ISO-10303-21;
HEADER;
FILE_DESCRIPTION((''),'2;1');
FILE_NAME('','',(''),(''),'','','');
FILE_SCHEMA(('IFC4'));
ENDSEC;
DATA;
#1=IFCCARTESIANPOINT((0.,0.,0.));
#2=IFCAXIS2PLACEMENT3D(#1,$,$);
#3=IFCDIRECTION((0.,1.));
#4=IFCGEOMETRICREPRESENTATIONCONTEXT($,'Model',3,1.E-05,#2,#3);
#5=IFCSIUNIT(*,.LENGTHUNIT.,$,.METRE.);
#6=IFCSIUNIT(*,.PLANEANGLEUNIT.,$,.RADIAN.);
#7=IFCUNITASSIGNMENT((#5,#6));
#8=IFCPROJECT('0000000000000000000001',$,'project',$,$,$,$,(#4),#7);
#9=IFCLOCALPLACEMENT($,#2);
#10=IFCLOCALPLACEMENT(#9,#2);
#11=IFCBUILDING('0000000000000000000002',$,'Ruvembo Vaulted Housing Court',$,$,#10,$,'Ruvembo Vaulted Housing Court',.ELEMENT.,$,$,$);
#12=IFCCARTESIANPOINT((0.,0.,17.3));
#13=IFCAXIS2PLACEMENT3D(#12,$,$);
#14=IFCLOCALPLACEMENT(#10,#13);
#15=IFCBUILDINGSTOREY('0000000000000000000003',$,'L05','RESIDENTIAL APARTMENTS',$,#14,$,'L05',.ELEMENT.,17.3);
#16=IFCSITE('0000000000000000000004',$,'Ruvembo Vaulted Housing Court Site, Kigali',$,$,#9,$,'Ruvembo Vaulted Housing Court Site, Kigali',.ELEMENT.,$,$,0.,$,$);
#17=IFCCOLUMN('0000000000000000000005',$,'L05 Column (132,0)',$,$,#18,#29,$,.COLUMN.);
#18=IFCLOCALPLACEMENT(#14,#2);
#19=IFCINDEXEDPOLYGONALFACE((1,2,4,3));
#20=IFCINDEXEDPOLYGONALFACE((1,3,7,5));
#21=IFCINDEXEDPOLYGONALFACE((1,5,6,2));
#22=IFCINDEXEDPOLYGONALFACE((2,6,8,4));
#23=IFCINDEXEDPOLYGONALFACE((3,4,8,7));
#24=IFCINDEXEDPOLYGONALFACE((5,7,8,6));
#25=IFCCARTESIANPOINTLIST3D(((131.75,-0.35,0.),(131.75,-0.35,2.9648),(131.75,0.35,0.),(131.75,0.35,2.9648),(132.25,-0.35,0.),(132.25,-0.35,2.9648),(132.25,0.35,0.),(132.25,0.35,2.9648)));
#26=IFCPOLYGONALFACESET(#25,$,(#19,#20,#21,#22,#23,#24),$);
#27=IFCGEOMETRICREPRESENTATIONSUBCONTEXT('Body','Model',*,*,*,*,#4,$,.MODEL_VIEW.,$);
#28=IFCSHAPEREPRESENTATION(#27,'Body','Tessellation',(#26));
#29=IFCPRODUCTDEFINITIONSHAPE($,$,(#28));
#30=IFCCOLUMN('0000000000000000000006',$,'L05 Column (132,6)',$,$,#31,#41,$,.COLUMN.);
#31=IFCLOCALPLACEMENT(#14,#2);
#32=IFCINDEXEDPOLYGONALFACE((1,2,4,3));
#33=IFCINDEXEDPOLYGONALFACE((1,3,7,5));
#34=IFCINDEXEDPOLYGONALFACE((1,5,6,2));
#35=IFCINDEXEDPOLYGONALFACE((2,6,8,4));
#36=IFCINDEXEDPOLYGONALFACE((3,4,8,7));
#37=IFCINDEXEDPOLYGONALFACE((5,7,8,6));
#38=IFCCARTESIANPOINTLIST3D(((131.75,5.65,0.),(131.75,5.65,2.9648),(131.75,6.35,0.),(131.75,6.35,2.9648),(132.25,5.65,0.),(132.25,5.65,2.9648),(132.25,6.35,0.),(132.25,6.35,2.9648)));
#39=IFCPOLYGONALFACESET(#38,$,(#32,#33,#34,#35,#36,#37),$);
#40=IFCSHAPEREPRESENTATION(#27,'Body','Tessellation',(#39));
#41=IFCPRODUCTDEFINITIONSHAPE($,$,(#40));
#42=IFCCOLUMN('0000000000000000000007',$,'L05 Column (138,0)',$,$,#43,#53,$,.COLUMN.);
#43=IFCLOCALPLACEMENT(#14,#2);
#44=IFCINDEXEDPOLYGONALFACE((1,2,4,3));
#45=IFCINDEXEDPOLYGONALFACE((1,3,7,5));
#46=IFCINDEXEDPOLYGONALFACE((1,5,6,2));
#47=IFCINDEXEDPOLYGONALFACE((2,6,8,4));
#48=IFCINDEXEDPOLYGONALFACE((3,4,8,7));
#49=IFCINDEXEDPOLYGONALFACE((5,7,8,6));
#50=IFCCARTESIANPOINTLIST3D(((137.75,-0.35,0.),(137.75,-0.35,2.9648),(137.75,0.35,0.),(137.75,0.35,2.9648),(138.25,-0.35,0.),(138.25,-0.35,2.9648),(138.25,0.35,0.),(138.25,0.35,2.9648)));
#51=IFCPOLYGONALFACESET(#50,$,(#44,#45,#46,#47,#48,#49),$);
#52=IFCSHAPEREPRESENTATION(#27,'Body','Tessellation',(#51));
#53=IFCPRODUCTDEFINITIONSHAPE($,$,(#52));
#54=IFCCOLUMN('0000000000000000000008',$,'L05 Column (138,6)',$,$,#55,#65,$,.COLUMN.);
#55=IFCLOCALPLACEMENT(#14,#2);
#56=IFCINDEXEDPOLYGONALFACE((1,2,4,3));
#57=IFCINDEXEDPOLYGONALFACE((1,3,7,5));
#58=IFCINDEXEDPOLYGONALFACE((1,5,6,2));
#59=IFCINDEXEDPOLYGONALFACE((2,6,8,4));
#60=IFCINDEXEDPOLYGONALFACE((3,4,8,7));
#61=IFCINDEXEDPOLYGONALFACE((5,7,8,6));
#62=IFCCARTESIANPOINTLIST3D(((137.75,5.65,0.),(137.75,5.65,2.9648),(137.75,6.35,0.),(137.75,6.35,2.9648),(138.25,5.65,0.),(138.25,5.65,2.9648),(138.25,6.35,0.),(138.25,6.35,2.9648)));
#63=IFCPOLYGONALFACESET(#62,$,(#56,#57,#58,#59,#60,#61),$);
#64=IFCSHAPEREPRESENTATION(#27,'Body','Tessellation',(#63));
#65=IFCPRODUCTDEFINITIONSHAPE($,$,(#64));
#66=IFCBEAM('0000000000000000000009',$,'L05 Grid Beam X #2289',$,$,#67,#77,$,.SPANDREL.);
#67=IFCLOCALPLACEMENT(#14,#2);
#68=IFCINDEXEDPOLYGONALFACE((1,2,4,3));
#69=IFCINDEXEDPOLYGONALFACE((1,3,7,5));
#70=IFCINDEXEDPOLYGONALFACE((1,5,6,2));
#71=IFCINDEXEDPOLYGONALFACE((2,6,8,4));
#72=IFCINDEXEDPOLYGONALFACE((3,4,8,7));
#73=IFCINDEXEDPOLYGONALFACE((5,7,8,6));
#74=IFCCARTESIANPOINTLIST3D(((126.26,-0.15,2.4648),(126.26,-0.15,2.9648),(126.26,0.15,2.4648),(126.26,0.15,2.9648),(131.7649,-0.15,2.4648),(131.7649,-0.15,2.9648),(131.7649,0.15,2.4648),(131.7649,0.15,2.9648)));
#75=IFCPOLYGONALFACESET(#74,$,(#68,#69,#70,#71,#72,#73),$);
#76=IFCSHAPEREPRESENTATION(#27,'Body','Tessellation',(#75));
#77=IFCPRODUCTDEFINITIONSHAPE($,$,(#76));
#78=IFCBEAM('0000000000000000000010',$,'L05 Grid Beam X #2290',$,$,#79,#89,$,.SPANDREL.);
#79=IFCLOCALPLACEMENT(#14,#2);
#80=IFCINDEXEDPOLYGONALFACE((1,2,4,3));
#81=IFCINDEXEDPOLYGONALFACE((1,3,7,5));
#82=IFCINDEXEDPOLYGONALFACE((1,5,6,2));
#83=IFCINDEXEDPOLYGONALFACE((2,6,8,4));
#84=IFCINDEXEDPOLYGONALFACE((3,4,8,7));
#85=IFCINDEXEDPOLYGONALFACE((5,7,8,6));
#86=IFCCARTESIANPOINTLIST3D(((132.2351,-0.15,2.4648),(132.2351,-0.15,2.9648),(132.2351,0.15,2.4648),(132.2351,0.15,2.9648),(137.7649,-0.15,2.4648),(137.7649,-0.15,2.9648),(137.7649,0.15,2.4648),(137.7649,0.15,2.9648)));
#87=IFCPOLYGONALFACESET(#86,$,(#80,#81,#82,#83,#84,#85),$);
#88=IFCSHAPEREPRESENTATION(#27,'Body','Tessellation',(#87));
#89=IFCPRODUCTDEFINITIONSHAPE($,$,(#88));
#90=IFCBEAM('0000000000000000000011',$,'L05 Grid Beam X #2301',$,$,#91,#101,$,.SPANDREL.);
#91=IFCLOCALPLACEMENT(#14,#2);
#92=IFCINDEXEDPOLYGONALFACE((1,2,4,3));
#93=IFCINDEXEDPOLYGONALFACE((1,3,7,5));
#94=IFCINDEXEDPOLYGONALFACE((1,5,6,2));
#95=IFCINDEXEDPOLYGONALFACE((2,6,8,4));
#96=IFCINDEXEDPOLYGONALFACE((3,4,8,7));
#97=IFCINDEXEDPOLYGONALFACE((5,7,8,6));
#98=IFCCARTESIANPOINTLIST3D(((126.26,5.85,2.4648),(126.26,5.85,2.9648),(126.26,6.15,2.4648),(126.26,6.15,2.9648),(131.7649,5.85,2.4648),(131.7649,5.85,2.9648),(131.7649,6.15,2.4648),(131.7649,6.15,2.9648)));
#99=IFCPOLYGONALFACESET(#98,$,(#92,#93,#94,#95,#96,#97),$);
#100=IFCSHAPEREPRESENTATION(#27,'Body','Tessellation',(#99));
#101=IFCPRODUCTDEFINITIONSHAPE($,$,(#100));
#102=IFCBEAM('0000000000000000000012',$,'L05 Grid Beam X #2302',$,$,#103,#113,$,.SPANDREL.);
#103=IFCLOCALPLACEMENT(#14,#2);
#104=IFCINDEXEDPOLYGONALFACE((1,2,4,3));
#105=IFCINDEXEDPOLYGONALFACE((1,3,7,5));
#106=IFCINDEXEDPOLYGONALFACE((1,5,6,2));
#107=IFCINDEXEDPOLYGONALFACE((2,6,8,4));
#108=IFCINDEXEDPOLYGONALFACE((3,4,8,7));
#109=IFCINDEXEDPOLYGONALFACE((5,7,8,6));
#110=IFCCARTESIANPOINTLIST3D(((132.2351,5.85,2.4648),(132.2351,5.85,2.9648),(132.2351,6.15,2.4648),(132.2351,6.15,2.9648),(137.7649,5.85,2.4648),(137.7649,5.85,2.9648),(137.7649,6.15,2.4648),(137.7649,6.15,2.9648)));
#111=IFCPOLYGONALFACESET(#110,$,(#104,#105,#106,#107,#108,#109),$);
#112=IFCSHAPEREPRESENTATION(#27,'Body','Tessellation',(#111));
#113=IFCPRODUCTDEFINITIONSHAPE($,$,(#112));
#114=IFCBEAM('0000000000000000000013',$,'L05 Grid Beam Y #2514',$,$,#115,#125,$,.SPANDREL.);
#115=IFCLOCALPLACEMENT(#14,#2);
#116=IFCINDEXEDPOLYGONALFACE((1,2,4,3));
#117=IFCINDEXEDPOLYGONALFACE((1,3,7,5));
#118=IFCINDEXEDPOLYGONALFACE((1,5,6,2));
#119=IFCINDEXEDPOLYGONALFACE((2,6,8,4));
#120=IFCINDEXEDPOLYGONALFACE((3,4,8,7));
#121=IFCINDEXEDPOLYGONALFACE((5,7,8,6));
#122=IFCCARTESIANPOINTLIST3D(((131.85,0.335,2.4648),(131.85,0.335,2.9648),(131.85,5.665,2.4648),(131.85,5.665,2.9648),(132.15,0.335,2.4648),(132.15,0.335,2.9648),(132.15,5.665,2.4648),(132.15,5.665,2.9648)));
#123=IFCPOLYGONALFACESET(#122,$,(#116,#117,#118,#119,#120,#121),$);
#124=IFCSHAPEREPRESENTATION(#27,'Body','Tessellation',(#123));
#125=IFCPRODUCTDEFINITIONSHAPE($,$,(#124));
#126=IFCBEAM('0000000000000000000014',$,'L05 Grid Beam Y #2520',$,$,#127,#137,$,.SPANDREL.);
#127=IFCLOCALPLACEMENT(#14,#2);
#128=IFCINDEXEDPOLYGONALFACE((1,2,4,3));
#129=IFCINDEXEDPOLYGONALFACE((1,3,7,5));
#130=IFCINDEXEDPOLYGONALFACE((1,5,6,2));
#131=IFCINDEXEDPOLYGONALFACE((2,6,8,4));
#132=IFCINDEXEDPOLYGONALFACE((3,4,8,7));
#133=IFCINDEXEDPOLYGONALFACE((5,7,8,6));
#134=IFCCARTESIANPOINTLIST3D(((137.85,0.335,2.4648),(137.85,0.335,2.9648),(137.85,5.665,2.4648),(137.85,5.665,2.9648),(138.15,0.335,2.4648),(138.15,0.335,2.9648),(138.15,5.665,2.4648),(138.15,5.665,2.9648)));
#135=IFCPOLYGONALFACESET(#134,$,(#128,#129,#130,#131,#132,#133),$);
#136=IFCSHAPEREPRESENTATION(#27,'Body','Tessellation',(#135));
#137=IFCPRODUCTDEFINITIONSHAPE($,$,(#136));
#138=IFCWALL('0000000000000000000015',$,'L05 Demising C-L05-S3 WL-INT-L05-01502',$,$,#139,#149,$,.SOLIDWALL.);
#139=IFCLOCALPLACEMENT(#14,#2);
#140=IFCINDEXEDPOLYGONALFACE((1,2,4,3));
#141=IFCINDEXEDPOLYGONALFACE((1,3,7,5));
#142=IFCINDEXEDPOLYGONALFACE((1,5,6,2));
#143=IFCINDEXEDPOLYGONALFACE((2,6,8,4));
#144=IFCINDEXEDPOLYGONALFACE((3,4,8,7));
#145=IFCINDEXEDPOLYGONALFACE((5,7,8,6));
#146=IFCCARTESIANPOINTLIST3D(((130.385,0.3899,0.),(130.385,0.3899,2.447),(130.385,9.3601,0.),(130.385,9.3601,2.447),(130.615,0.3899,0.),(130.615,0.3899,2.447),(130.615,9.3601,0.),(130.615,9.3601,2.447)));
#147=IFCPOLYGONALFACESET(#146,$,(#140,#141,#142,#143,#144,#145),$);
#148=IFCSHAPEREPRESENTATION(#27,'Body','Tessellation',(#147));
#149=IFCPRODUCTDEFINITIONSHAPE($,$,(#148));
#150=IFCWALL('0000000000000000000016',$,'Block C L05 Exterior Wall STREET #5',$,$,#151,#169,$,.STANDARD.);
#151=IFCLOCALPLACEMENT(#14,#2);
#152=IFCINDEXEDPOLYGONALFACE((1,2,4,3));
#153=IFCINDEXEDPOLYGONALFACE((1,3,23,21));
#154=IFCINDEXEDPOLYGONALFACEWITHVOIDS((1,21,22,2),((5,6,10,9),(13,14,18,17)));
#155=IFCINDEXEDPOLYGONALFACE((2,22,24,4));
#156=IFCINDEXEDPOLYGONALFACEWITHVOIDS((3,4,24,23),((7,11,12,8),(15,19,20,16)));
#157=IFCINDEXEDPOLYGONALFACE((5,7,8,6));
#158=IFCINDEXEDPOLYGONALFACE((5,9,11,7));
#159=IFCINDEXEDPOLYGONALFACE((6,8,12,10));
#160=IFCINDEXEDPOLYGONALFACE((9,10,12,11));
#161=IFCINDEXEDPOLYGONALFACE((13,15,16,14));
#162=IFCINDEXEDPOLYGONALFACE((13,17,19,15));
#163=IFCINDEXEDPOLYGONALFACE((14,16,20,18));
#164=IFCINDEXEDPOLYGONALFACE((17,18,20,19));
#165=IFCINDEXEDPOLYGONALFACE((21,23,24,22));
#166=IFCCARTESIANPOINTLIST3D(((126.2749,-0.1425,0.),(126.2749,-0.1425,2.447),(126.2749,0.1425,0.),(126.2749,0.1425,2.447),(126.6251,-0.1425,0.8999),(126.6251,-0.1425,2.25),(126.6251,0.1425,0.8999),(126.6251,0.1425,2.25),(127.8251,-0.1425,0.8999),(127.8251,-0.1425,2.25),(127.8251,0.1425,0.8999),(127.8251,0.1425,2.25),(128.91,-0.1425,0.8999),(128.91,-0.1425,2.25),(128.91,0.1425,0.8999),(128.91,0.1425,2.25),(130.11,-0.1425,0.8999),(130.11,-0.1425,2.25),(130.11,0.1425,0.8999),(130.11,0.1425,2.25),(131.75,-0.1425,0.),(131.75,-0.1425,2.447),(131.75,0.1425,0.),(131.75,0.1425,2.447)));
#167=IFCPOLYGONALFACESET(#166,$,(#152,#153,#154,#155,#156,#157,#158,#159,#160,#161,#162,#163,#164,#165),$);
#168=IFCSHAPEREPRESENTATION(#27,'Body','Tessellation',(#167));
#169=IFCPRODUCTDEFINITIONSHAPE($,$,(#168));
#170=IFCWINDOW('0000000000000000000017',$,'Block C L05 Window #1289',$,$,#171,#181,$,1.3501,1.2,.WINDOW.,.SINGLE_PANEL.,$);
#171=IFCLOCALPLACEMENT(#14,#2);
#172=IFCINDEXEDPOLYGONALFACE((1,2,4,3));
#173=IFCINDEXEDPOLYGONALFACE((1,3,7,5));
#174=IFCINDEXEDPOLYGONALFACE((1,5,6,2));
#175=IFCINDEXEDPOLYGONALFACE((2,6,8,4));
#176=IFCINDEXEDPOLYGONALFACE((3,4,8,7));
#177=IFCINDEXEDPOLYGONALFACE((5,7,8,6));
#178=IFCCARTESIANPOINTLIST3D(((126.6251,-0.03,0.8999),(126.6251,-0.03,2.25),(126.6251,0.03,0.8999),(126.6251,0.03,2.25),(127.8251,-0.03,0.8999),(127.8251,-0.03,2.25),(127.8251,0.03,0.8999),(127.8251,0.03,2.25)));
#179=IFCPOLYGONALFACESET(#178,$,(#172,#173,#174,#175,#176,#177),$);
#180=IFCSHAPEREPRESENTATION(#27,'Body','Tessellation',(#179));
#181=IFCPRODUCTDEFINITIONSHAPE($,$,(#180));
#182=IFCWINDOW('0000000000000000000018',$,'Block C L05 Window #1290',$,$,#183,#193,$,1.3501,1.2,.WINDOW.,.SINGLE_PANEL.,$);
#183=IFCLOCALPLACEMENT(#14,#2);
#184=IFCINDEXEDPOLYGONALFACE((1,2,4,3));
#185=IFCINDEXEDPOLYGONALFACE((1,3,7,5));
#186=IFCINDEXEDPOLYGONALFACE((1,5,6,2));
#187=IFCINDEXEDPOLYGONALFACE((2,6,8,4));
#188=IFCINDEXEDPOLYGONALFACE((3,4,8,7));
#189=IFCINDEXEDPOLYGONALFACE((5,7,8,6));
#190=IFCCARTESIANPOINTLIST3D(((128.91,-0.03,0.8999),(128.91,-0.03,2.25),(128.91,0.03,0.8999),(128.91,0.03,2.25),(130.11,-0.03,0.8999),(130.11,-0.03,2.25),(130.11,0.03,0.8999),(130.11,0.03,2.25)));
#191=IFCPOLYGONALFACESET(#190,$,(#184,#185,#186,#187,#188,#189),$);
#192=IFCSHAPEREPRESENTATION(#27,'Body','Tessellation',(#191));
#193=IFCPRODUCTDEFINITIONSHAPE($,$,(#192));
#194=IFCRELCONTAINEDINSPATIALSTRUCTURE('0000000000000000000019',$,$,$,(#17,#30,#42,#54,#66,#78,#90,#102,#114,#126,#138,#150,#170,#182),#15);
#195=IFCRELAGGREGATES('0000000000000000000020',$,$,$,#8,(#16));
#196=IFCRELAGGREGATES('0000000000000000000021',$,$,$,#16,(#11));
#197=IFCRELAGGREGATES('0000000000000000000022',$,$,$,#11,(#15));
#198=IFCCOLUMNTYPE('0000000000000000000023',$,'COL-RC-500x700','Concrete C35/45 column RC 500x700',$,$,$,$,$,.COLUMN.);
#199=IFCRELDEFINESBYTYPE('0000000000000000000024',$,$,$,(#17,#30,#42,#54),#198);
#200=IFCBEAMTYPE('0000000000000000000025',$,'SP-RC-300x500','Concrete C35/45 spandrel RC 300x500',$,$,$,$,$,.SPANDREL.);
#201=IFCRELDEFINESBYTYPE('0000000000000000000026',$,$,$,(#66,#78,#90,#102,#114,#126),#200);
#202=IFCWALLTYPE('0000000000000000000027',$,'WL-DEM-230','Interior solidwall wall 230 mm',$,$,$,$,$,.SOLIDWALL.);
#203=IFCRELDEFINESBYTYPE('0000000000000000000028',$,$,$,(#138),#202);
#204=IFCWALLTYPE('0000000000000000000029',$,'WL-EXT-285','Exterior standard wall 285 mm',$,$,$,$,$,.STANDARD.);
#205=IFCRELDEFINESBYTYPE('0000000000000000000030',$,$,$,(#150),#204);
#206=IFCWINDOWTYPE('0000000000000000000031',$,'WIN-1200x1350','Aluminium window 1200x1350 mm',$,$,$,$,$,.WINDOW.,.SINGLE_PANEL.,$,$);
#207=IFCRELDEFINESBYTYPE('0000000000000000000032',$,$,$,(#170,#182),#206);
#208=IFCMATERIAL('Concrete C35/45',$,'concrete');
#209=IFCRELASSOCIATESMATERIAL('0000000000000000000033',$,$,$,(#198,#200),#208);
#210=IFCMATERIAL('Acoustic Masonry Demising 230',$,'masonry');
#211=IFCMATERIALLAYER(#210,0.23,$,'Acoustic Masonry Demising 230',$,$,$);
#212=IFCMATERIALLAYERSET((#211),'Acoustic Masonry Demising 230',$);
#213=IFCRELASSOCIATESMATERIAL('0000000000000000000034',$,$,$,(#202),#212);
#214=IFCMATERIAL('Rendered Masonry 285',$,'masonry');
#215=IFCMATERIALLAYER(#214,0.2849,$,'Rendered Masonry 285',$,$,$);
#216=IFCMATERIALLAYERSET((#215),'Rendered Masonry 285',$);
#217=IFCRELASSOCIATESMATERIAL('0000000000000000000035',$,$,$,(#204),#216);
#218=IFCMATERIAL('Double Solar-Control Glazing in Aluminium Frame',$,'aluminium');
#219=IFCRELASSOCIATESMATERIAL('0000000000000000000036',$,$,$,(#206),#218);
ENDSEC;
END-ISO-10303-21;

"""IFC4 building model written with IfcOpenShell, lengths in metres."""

from ifc_helpers import new_model, si_unit, direction, frame, frame_2d, origin, origin_2d, place, context, subcontext, project, spatial, rectangle, extrude, material, layer, layer_set, material_profile, profile_set, type_object, element, fill, save


model = new_model("IFC4")

# Units and contexts
model_context = context("Model", 3, precision=1e-05, world=origin(), true_north=direction((0.0, 1.0)))
body_context = subcontext(model_context, "Body", "Model", "MODEL_VIEW")
ifc_project = project(units=[si_unit("LENGTHUNIT", "METRE"), si_unit("PLANEANGLEUNIT", "RADIAN")], contexts=[model_context])

# Site, building, storey
site_placement = place(None, origin())
site = spatial("IfcSite", under=ifc_project, at=site_placement, Name="Ruvembo Vaulted Housing Court Site, Kigali", LongName="Ruvembo Vaulted Housing Court Site, Kigali", CompositionType="ELEMENT", RefElevation=0.0)
building_placement = place(site_placement, origin())
building = spatial("IfcBuilding", under=site, at=building_placement, Name="Ruvembo Vaulted Housing Court", LongName="Ruvembo Vaulted Housing Court", CompositionType="ELEMENT")
storey_placement = place(building_placement, frame((0.0, 0.0, 17.3)))
storey = spatial("IfcBuildingStorey", under=building, at=storey_placement, Name="L05", Description="RESIDENTIAL APARTMENTS", LongName="L05", CompositionType="ELEMENT", Elevation=17.3)

# Columns
ifc_material_1 = material(Name="Concrete C35/45", Category="concrete")
ifc_material_profile_1 = material_profile(ifc_material_1, rectangle(XDim=0.5, YDim=0.7, at=origin_2d()), Name="RC 500x700")
ifc_profile_set_1 = profile_set([ifc_material_profile_1], Name="Concrete C35/45")
column_type = type_object("IfcColumnType", Name="COL-RC-500x700", Description="Concrete C35/45 column RC 500x700", PredefinedType="COLUMN", material=ifc_profile_set_1)
for number, where, z_axis, x_axis, name in (
    (1, (132.0, 0.0, 0.0), (0.0, 0.0, 1.0), (1.0, 0.0, 0.0), "L05 Column (132,0)"),
    (2, (132.0, 6.0, 0.0), (0.0, 0.0, 1.0), (1.0, 0.0, 0.0), "L05 Column (132,6)"),
    (3, (138.0, 0.0, 0.0), (0.0, 0.0, 1.0), (1.0, 0.0, 0.0), "L05 Column (138,0)"),
    (4, (138.0, 6.0, 0.0), (0.0, 0.0, 1.0), (1.0, 0.0, 0.0), "L05 Column (138,6)"),
):
    element("IfcColumn", number, at=place(storey_placement, frame(where, z_axis=z_axis, x_axis=x_axis)), inside=storey, type_object=column_type, Name=name, PredefinedType="COLUMN", context=body_context, shape_type="SweptSolid", body=[
        extrude(rectangle(XDim=0.5, YDim=0.7, at=origin_2d()), origin(), (0.0, 0.0, 1.0), 2.9648),
    ])

# Beams
ifc_material_profile_2 = material_profile(ifc_material_1, rectangle(XDim=0.3, YDim=0.5, at=origin_2d()), Name="RC 300x500")
ifc_profile_set_2 = profile_set([ifc_material_profile_2], Name="Concrete C35/45")
beam_type = type_object("IfcBeamType", Name="SP-RC-300x500", Description="Concrete C35/45 spandrel RC 300x500", PredefinedType="SPANDREL", material=ifc_profile_set_2)
beam_1_placement = place(storey_placement, frame((126.26, 0.0, 2.7148), z_axis=(1.0, 0.0, 0.0), x_axis=(0.0, 1.0, 0.0)))
element("IfcBeam", 5, at=beam_1_placement, inside=storey, type_object=beam_type, Name="L05 Grid Beam X #2289", PredefinedType="SPANDREL", context=body_context, shape_type="SweptSolid", body=[
    extrude(rectangle(XDim=0.3, YDim=0.5, at=origin_2d()), origin(), (0.0, 0.0, 1.0), 5.5049),
])
beam_2_placement = place(storey_placement, frame((132.2351, 0.0, 2.7148), z_axis=(1.0, 0.0, 0.0), x_axis=(0.0, 1.0, 0.0)))
element("IfcBeam", 6, at=beam_2_placement, inside=storey, type_object=beam_type, Name="L05 Grid Beam X #2290", PredefinedType="SPANDREL", context=body_context, shape_type="SweptSolid", body=[
    extrude(rectangle(XDim=0.3, YDim=0.5, at=origin_2d()), origin(), (0.0, 0.0, 1.0), 5.5298),
])
beam_3_placement = place(storey_placement, frame((126.26, 6.0, 2.7148), z_axis=(1.0, 0.0, 0.0), x_axis=(0.0, 1.0, 0.0)))
element("IfcBeam", 7, at=beam_3_placement, inside=storey, type_object=beam_type, Name="L05 Grid Beam X #2301", PredefinedType="SPANDREL", context=body_context, shape_type="SweptSolid", body=[
    extrude(rectangle(XDim=0.3, YDim=0.5, at=origin_2d()), origin(), (0.0, 0.0, 1.0), 5.5049),
])
beam_4_placement = place(storey_placement, frame((132.2351, 6.0, 2.7148), z_axis=(1.0, 0.0, 0.0), x_axis=(0.0, 1.0, 0.0)))
element("IfcBeam", 8, at=beam_4_placement, inside=storey, type_object=beam_type, Name="L05 Grid Beam X #2302", PredefinedType="SPANDREL", context=body_context, shape_type="SweptSolid", body=[
    extrude(rectangle(XDim=0.3, YDim=0.5, at=origin_2d()), origin(), (0.0, 0.0, 1.0), 5.5298),
])
for number, where, z_axis, x_axis, name in (
    (9, (132.0, 0.335, 2.7148), (0.0, 1.0, 0.0), (-1.0, 0.0, 0.0), "L05 Grid Beam Y #2514"),
    (10, (138.0, 0.335, 2.7148), (0.0, 1.0, 0.0), (-1.0, 0.0, 0.0), "L05 Grid Beam Y #2520"),
):
    element("IfcBeam", number, at=place(storey_placement, frame(where, z_axis=z_axis, x_axis=x_axis)), inside=storey, type_object=beam_type, Name=name, PredefinedType="SPANDREL", context=body_context, shape_type="SweptSolid", body=[
        extrude(rectangle(XDim=0.3, YDim=0.5, at=origin_2d()), origin(), (0.0, 0.0, 1.0), 5.3301),
    ])

# Wall
ifc_material_2 = material(Name="Acoustic Masonry Demising 230", Category="masonry")
ifc_layer_1 = layer(ifc_material_2, 0.23, Name="Acoustic Masonry Demising 230")
ifc_layer_set_1 = layer_set([ifc_layer_1], Name="Acoustic Masonry Demising 230")
wall_type_1 = type_object("IfcWallType", Name="WL-DEM-230", Description="Interior solidwall wall 230 mm", PredefinedType="SOLIDWALL", material=ifc_layer_set_1)
wall_1_placement = place(storey_placement, frame((130.5, 0.3899, 0.0), z_axis=(0.0, 0.0, 1.0), x_axis=(0.0, 1.0, 0.0)))
element("IfcWall", 11, at=wall_1_placement, inside=storey, type_object=wall_type_1, Name="L05 Demising C-L05-S3 WL-INT-L05-01502", PredefinedType="SOLIDWALL", context=body_context, shape_type="SweptSolid", body=[
    extrude(rectangle(XDim=8.9702, YDim=0.23, at=frame_2d((4.4851, 0.0))), origin(), (0.0, 0.0, 1.0), 2.447),
])

# Wall, openings, windows
ifc_material_3 = material(Name="Rendered Masonry 285", Category="masonry")
ifc_layer_2 = layer(ifc_material_3, 0.2849, Name="Rendered Masonry 285")
ifc_layer_set_2 = layer_set([ifc_layer_2], Name="Rendered Masonry 285")
wall_type_2 = type_object("IfcWallType", Name="WL-EXT-285", Description="Exterior standard wall 285 mm", PredefinedType="STANDARD", material=ifc_layer_set_2)
wall_2_placement = place(storey_placement, frame((126.2749, 0.0, 0.0), z_axis=(0.0, 0.0, 1.0), x_axis=(1.0, 0.0, 0.0)))
wall_2 = element("IfcWall", 12, at=wall_2_placement, inside=storey, type_object=wall_type_2, Name="Block C L05 Exterior Wall STREET #5", PredefinedType="STANDARD", context=body_context, shape_type="SweptSolid", body=[
    extrude(rectangle(XDim=5.4751, YDim=0.2849, at=frame_2d((2.7375, 0.0))), origin(), (0.0, 0.0, 1.0), 2.447),
])
opening_1_placement = place(wall_2_placement, frame((0.3501, 0.0, 0.8999)))
opening_1 = element("IfcOpeningElement", 13, at=opening_1_placement, cuts=wall_2, PredefinedType="OPENING", context=body_context, shape_type="SweptSolid", body=[
    extrude(rectangle(XDim=1.2, YDim=1.3501, at=frame_2d((0.6001, 0.675))), frame((0.0, 0.1523, 0.0), z_axis=(0.0, -1.0, 0.0), x_axis=(1.0, 0.0, 0.0)), (0.0, 0.0, 1.0), 0.3049),
])
opening_2_placement = place(wall_2_placement, frame((2.635, 0.0, 0.8999)))
opening_2 = element("IfcOpeningElement", 14, at=opening_2_placement, cuts=wall_2, PredefinedType="OPENING", context=body_context, shape_type="SweptSolid", body=[
    extrude(rectangle(XDim=1.2, YDim=1.3501, at=frame_2d((0.6001, 0.675))), frame((0.0, 0.1523, 0.0), z_axis=(0.0, -1.0, 0.0), x_axis=(1.0, 0.0, 0.0)), (0.0, 0.0, 1.0), 0.3049),
])
ifc_material_4 = material(Name="Double Solar-Control Glazing in Aluminium Frame", Category="aluminium")
window_type_1 = type_object("IfcWindowType", Name="WIN-1200x1350", Description="Aluminium window 1200x1350 mm", PartitioningType="SINGLE_PANEL", PredefinedType="WINDOW", material=ifc_material_4)
window_1_placement = place(opening_1_placement, origin())
window_1 = element("IfcWindow", 15, at=window_1_placement, inside=storey, type_object=window_type_1, Name="Block C L05 Window #1289", OverallHeight=1.3501, OverallWidth=1.2, PartitioningType="SINGLE_PANEL", PredefinedType="WINDOW", context=body_context, shape_type="SweptSolid", body=[
    extrude(rectangle(XDim=1.2, YDim=1.3501, at=frame_2d((0.6001, 0.675))), frame((0.0, 0.03, 0.0), z_axis=(0.0, -1.0, 0.0), x_axis=(1.0, 0.0, 0.0)), (0.0, 0.0, 1.0), 0.0601),
])
fill(opening_1, window_1)
window_2_placement = place(opening_2_placement, origin())
window_2 = element("IfcWindow", 16, at=window_2_placement, inside=storey, type_object=window_type_1, Name="Block C L05 Window #1290", OverallHeight=1.3501, OverallWidth=1.2, PartitioningType="SINGLE_PANEL", PredefinedType="WINDOW", context=body_context, shape_type="SweptSolid", body=[
    extrude(rectangle(XDim=1.2, YDim=1.3501, at=frame_2d((0.6001, 0.675))), frame((0.0, 0.03, 0.0), z_axis=(0.0, -1.0, 0.0), x_axis=(1.0, 0.0, 0.0)), (0.0, 0.0, 1.0), 0.0601),
])
fill(opening_2, window_2)

save(model, "model.ifc")
